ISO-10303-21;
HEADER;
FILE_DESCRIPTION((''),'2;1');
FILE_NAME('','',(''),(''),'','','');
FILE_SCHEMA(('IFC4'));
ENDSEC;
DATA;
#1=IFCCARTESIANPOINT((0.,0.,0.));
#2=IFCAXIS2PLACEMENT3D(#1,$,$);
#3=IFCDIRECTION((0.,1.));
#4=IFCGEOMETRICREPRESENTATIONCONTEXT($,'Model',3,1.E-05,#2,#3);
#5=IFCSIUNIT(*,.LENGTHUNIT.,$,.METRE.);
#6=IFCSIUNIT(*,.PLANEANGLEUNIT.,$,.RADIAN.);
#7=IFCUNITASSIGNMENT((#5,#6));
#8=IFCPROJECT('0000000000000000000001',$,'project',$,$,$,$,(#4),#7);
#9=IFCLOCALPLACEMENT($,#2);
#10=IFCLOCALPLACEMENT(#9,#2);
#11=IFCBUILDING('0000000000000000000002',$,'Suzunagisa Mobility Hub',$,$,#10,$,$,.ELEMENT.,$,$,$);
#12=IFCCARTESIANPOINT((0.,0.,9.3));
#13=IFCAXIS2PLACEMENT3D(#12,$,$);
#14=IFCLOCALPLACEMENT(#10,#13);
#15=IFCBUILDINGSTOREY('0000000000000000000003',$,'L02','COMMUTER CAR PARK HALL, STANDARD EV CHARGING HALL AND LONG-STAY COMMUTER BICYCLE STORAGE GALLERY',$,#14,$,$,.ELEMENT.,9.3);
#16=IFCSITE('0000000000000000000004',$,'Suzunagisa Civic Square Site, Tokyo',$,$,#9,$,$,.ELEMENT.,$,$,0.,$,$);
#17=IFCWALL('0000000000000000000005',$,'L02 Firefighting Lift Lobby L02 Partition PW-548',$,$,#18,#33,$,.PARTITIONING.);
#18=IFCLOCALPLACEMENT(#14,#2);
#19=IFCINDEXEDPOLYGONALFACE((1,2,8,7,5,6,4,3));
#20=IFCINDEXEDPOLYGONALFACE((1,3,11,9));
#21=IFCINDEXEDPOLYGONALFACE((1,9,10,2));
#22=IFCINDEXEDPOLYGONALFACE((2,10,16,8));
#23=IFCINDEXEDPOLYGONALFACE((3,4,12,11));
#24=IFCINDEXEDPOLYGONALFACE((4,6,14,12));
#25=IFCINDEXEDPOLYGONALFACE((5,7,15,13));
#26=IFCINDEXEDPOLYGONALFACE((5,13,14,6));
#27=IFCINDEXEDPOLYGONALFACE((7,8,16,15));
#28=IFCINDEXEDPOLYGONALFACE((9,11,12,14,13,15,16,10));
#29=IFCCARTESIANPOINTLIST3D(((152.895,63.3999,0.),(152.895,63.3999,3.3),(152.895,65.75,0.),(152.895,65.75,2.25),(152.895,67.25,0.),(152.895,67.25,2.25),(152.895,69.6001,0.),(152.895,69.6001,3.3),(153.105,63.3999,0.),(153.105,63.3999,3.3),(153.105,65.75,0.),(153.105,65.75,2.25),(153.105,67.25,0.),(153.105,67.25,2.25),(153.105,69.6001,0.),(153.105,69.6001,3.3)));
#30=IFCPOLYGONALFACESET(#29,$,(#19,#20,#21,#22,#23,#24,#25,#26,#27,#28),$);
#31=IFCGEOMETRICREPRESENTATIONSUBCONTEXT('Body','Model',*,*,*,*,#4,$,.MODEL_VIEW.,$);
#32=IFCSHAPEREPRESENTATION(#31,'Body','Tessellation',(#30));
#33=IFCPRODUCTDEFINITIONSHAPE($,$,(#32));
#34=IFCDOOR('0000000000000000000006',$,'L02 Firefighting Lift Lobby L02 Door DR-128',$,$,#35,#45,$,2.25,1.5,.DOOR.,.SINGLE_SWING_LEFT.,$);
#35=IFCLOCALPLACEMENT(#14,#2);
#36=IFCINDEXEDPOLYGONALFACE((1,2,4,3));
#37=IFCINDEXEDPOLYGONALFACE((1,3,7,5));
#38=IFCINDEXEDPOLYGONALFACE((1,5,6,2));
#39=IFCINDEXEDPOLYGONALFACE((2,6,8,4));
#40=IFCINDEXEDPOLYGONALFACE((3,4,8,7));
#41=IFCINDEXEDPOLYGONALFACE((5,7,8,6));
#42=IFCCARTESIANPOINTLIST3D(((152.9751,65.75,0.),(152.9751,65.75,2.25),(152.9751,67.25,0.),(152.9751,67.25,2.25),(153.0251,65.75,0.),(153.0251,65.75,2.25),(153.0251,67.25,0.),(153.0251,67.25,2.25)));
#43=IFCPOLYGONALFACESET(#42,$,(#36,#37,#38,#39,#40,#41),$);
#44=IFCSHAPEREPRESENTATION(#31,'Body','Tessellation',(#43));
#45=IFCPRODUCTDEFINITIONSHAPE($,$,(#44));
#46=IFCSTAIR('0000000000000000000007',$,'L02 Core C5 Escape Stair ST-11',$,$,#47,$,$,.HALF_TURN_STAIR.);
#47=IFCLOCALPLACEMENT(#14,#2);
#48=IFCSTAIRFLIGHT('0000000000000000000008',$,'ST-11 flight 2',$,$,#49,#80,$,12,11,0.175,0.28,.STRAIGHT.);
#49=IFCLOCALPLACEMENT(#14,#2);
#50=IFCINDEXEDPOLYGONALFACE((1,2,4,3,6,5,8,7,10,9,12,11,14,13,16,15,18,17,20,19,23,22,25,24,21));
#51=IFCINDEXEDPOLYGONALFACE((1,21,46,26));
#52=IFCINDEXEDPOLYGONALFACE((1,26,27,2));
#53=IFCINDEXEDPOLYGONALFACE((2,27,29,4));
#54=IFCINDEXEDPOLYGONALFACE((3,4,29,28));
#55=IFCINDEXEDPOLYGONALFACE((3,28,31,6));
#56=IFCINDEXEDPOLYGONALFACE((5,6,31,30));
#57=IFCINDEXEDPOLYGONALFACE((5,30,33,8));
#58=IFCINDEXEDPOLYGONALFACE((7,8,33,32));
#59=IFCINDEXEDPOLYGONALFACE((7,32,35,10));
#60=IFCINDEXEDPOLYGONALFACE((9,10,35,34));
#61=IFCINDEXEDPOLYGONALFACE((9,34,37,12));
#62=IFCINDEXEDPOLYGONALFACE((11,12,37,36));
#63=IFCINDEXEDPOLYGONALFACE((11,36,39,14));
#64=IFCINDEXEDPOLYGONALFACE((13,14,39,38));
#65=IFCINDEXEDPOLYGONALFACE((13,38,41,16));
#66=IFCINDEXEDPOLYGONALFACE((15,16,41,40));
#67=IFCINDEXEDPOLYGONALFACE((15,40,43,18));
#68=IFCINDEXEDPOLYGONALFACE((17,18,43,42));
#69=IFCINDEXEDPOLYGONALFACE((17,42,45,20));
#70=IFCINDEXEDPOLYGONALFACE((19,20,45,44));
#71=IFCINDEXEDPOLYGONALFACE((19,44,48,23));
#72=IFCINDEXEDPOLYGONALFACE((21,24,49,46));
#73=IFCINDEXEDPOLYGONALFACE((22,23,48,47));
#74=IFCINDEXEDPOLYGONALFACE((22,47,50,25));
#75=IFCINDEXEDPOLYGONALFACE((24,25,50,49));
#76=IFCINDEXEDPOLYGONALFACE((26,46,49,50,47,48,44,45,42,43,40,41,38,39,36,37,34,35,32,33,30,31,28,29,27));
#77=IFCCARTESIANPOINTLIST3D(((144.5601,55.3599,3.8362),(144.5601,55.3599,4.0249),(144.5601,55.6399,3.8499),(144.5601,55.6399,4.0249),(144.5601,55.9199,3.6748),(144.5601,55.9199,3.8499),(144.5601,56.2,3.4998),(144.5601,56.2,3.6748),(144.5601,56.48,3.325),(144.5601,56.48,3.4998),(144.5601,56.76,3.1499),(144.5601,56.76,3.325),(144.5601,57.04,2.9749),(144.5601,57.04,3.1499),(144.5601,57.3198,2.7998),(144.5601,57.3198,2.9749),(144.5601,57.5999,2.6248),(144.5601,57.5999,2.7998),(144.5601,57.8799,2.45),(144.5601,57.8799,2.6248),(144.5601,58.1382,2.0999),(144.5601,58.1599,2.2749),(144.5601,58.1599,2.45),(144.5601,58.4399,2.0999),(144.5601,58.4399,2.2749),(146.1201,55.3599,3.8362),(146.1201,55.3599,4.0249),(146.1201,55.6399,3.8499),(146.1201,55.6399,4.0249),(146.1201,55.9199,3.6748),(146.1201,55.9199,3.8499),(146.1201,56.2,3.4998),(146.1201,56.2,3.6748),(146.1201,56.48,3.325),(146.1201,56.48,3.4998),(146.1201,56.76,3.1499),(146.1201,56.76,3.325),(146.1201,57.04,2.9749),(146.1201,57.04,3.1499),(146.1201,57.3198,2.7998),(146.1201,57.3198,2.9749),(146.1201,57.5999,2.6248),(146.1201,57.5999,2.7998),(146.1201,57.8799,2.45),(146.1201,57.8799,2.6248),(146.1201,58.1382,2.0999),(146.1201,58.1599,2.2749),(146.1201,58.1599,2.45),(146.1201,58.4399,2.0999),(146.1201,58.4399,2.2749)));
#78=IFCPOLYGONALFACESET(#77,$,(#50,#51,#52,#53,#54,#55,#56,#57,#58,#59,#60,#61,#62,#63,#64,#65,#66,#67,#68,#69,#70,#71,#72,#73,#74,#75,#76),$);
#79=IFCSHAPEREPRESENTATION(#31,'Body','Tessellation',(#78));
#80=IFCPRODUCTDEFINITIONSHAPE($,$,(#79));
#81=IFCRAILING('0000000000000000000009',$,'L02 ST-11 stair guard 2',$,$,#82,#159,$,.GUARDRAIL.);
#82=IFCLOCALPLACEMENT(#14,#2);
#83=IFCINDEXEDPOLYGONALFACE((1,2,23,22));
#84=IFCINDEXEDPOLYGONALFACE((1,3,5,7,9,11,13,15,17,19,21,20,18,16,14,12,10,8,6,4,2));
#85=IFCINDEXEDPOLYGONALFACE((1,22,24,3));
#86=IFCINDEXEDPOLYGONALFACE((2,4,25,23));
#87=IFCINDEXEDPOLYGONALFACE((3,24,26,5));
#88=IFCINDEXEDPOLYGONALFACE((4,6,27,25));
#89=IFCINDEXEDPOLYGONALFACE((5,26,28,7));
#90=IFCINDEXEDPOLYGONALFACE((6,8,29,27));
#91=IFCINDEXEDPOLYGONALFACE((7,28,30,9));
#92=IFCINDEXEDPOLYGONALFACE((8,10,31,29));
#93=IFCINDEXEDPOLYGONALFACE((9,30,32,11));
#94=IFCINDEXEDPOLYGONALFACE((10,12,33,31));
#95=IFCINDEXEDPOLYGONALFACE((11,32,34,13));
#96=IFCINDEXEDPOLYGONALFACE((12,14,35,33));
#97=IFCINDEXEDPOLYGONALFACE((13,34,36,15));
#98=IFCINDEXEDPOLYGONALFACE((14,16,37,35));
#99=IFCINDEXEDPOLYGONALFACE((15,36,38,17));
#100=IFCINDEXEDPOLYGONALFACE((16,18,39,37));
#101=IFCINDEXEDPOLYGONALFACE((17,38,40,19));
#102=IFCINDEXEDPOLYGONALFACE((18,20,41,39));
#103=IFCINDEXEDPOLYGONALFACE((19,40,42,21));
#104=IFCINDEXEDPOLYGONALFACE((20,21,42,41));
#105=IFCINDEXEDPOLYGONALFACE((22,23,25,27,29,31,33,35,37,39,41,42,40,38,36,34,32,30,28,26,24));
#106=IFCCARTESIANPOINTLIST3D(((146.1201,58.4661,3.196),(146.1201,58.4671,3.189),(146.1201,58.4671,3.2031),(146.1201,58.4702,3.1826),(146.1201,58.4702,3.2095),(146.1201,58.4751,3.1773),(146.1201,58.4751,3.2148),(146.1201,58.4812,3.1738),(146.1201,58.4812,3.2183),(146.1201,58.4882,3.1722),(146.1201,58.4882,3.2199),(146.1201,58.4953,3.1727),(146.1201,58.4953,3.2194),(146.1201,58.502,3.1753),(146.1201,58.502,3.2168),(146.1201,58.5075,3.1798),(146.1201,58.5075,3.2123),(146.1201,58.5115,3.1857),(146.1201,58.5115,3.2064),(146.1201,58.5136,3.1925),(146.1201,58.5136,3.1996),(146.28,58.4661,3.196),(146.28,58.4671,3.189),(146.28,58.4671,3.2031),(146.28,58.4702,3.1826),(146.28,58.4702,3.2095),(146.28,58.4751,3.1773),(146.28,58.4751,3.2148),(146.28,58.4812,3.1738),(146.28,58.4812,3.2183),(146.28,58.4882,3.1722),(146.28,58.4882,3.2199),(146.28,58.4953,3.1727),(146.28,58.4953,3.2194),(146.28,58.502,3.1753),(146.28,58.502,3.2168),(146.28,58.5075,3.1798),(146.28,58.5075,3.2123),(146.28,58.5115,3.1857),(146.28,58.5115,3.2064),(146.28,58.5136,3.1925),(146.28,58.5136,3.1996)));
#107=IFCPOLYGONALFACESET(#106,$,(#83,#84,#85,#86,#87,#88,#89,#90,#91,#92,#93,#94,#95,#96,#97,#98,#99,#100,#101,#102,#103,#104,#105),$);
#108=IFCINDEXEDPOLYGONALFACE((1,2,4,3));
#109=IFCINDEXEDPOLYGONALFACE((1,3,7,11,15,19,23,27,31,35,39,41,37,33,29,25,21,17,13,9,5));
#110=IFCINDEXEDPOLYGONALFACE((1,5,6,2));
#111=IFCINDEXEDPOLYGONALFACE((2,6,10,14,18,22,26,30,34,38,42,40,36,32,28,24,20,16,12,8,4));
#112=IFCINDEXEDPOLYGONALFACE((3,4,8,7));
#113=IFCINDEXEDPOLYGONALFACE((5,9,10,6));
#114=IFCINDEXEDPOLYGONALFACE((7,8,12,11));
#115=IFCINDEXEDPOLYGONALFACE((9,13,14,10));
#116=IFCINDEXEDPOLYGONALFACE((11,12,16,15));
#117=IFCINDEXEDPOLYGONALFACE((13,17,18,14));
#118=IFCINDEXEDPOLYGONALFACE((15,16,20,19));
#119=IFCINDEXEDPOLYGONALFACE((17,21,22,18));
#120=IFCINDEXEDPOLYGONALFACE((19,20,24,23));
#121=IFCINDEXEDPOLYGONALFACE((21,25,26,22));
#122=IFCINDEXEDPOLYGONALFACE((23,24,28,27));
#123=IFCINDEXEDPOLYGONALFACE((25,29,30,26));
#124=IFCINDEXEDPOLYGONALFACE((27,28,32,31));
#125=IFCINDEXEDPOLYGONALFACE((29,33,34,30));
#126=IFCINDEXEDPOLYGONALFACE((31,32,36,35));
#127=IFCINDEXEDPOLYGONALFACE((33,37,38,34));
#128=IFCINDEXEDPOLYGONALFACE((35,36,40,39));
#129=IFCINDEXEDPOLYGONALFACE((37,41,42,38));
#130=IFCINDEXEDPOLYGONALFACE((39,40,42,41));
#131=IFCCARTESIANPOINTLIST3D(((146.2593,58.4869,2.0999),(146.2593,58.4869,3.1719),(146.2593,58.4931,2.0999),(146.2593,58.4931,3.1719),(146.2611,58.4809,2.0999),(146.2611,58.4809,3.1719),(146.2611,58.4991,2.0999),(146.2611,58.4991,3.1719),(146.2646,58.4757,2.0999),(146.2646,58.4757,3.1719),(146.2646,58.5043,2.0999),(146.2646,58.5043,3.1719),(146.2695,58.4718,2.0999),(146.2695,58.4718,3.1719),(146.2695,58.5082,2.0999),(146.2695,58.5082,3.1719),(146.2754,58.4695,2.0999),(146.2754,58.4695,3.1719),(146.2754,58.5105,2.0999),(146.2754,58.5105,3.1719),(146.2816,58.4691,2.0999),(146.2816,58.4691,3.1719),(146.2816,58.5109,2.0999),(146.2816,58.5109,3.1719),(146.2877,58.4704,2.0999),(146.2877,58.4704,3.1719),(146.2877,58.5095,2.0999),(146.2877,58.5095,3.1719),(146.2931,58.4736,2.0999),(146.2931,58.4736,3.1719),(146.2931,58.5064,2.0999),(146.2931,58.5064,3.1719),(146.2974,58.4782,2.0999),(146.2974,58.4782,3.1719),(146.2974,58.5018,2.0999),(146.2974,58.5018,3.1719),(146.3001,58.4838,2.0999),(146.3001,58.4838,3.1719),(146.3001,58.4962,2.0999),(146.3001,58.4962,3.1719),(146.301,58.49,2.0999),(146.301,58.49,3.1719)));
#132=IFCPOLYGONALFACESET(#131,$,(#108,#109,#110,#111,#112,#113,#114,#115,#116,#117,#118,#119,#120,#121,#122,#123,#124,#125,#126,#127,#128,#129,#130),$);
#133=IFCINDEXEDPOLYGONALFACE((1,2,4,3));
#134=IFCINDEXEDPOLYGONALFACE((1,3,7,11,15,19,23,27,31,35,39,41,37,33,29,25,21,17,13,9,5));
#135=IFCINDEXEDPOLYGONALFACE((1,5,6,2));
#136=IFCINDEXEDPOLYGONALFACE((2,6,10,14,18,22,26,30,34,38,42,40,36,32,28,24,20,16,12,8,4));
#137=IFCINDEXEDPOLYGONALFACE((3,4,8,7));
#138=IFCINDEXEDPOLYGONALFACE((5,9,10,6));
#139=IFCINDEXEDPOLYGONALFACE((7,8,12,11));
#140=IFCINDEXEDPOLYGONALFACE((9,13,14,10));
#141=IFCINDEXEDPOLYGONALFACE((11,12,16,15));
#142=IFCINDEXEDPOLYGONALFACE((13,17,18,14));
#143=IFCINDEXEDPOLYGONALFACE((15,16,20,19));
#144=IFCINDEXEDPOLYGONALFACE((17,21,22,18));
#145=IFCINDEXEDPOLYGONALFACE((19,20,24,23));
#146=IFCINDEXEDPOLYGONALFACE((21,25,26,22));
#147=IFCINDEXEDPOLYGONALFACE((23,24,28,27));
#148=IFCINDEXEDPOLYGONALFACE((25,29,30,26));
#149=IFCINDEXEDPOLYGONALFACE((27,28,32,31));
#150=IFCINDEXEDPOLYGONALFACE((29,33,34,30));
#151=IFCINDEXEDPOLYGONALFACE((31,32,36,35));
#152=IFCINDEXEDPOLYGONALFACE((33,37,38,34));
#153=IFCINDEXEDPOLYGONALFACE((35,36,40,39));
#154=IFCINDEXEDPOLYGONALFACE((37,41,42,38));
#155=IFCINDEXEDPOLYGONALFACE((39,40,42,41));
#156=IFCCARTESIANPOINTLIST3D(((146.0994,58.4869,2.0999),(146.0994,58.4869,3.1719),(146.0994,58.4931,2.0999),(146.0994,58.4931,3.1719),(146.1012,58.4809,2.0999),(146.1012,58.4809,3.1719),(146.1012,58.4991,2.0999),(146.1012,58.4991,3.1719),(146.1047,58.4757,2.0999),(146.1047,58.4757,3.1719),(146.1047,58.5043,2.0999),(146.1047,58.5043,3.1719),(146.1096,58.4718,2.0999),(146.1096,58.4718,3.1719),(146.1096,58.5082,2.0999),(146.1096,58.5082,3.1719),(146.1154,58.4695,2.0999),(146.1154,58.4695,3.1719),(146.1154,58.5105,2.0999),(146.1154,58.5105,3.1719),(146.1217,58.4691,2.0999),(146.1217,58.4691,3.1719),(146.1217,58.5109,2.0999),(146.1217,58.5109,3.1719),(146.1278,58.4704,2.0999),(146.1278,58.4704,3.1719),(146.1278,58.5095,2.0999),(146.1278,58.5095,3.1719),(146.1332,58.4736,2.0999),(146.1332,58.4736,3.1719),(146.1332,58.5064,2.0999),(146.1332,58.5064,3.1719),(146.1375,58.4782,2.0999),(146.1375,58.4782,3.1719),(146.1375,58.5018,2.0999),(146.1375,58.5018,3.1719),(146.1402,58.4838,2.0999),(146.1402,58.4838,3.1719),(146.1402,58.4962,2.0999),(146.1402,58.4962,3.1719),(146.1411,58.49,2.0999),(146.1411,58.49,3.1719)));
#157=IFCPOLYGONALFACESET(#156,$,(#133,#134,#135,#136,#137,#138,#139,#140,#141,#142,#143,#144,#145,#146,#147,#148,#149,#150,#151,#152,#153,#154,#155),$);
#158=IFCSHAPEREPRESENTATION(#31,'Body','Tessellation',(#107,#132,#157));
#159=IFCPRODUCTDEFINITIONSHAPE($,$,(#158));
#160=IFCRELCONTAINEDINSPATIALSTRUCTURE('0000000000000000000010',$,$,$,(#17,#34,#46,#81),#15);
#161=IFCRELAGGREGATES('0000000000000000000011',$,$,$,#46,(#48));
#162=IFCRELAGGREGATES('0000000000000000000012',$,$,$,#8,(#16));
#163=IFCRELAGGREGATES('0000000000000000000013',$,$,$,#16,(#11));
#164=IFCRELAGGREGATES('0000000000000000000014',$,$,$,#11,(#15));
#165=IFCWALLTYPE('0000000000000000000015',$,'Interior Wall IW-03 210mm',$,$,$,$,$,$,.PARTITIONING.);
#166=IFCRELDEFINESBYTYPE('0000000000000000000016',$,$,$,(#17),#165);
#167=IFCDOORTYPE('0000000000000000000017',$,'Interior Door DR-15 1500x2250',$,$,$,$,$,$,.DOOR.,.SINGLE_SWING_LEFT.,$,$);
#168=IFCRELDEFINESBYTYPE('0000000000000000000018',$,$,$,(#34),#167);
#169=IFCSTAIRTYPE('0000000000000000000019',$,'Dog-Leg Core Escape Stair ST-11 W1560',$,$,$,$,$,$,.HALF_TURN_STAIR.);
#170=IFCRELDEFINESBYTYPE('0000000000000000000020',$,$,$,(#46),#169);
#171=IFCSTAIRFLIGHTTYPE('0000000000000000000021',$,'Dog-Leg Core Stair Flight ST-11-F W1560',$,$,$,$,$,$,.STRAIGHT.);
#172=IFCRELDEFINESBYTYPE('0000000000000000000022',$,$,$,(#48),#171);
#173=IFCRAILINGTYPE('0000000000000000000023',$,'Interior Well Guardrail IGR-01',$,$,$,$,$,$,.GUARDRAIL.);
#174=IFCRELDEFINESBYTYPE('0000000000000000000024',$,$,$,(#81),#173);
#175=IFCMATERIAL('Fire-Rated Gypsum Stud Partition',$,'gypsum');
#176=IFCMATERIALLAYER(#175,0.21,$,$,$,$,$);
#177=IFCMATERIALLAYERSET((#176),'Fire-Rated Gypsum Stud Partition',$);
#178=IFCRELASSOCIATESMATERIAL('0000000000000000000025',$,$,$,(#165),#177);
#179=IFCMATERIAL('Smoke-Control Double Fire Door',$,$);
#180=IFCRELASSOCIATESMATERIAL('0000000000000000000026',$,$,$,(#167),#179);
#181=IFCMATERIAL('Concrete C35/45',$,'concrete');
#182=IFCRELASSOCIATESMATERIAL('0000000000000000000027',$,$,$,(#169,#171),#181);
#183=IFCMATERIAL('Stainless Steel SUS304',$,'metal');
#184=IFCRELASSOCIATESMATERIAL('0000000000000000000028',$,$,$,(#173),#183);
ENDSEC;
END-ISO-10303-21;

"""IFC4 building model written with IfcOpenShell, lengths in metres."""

from ifc_helpers import new_model, si_unit, direction, frame, frame_2d, origin, origin_2d, place, context, subcontext, project, spatial, polyline, rectangle, circle, outline, extrude, material, layer, layer_set, type_object, element, fill, aggregate, save


model = new_model("IFC4")

# Units and contexts
model_context = context("Model", 3, precision=1e-05, world=origin(), true_north=direction((0.0, 1.0)))
body_context = subcontext(model_context, "Body", "Model", "MODEL_VIEW")
ifc_project = project(units=[si_unit("LENGTHUNIT", "METRE"), si_unit("PLANEANGLEUNIT", "RADIAN")], contexts=[model_context])

# Site, building, storey
site_placement = place(None, origin())
site = spatial("IfcSite", under=ifc_project, at=site_placement, Name="Suzunagisa Civic Square Site, Tokyo", CompositionType="ELEMENT", RefElevation=0.0)
building_placement = place(site_placement, origin())
building = spatial("IfcBuilding", under=site, at=building_placement, Name="Suzunagisa Mobility Hub", CompositionType="ELEMENT")
storey_placement = place(building_placement, frame((0.0, 0.0, 9.3)))
storey = spatial("IfcBuildingStorey", under=building, at=storey_placement, Name="L02", Description="COMMUTER CAR PARK HALL, STANDARD EV CHARGING HALL AND LONG-STAY COMMUTER BICYCLE STORAGE GALLERY", CompositionType="ELEMENT", Elevation=9.3)

# Shared definitions
ifc_material_1 = material(Name="Concrete C35/45", Category="concrete")

# Shared definitions
ifc_material_2 = material(Name="Fire-Rated Gypsum Stud Partition", Category="gypsum")
ifc_layer_1 = layer(ifc_material_2, 0.21)
ifc_layer_set_1 = layer_set([ifc_layer_1], Name="Fire-Rated Gypsum Stud Partition")
wall_type_1 = type_object("IfcWallType", Name="Interior Wall IW-03 210mm", PredefinedType="PARTITIONING", material=ifc_layer_set_1)

# Wall, opening, door
wall_1_placement = place(storey_placement, frame((153.0, 63.3999, 0.0), z_axis=(0.0, 0.0, 1.0), x_axis=(0.0, 1.0, 0.0)))
wall_1 = element("IfcWall", 1, at=wall_1_placement, inside=storey, type_object=wall_type_1, Name="L02 Firefighting Lift Lobby L02 Partition PW-548", PredefinedType="PARTITIONING", context=body_context, shape_type="SweptSolid", body=[
    extrude(rectangle(XDim=6.2002, YDim=0.21, at=frame_2d((3.1001, 0.0))), origin(), (0.0, 0.0, 1.0), 3.3),
])
opening_1_placement = place(wall_1_placement, frame((2.3501, 0.0, 0.0)))
opening_1 = element("IfcOpeningElement", 2, at=opening_1_placement, cuts=wall_1, PredefinedType="OPENING", context=body_context, shape_type="SweptSolid", body=[
    extrude(rectangle(XDim=1.5, YDim=2.25, at=frame_2d((0.75, 1.125))), frame((0.0, 0.116, 0.0), z_axis=(0.0, -1.0, 0.0), x_axis=(1.0, 0.0, 0.0)), (0.0, 0.0, 1.0), 0.2319),
])
ifc_material_3 = material(Name="Smoke-Control Double Fire Door")
door_type_1 = type_object("IfcDoorType", Name="Interior Door DR-15 1500x2250", OperationType="SINGLE_SWING_LEFT", PredefinedType="DOOR", material=ifc_material_3)
door_1_placement = place(opening_1_placement, origin())
door_1 = element("IfcDoor", 3, at=door_1_placement, inside=storey, type_object=door_type_1, Name="L02 Firefighting Lift Lobby L02 Door DR-128", OperationType="SINGLE_SWING_LEFT", OverallHeight=2.25, OverallWidth=1.5, PredefinedType="DOOR", context=body_context, shape_type="SweptSolid", body=[
    extrude(rectangle(XDim=1.5, YDim=2.25, at=frame_2d((0.75, 1.125))), frame((0.0, 0.0249, 0.0), z_axis=(0.0, -1.0, 0.0), x_axis=(1.0, 0.0, 0.0)), (0.0, 0.0, 1.0), 0.05),
])
fill(opening_1, door_1)

# Stair, stair flight
stair_type = type_object("IfcStairType", Name="Dog-Leg Core Escape Stair ST-11 W1560", PredefinedType="HALF_TURN_STAIR", material=ifc_material_1)
stair_placement = place(storey_placement, origin())
stair = element("IfcStair", 4, at=stair_placement, inside=storey, type_object=stair_type, Name="L02 Core C5 Escape Stair ST-11", PredefinedType="HALF_TURN_STAIR")
stair_flight_type = type_object("IfcStairFlightType", Name="Dog-Leg Core Stair Flight ST-11-F W1560", PredefinedType="STRAIGHT", material=ifc_material_1)
stair_flight_placement = place(storey_placement, frame((145.3401, 58.4399, 2.0999), z_axis=(0.0, 0.0, 1.0), x_axis=(0.0, -1.0, 0.0)))
stair_flight = element("IfcStairFlight", 5, at=stair_flight_placement, type_object=stair_flight_type, Name="ST-11 flight 2", NumberOfRisers=12, NumberOfTreads=11, PredefinedType="STRAIGHT", RiserHeight=0.175, TreadLength=0.28, context=body_context, shape_type="SweptSolid", body=[
    extrude(outline(polyline([(0.0, 0.0), (0.0, 0.175), (0.28, 0.175), (0.28, 0.3501), (0.5601, 0.3501), (0.5601, 0.5249), (0.8401, 0.5249), (0.8401, 0.7), (1.1201, 0.7), (1.1201, 0.875), (1.3999, 0.875), (1.3999, 1.05), (1.6799, 1.05), (1.6799, 1.2251), (1.96, 1.2251), (1.96, 1.3999), (2.24, 1.3999), (2.24, 1.575), (2.52, 1.575), (2.52, 1.75), (2.8, 1.75), (2.8, 1.925), (3.0801, 1.925), (3.0801, 2.1001), (3.0801, 1.7363), (0.3018, 0.0), (0.0, 0.0)])), frame((0.0, 0.78, 0.0), z_axis=(0.0, -1.0, 0.0), x_axis=(1.0, 0.0, 0.0)), (0.0, 0.0, 1.0), 1.5601),
])
aggregate(stair, [stair_flight])

# Railing
ifc_material_4 = material(Name="Stainless Steel SUS304", Category="metal")
railing_type_1 = type_object("IfcRailingType", Name="Interior Well Guardrail IGR-01", PredefinedType="GUARDRAIL", material=ifc_material_4)
railing_1_placement = place(storey_placement, frame((146.28, 58.49, 2.0999)))
element("IfcRailing", 6, at=railing_1_placement, inside=storey, type_object=railing_type_1, Name="L02 ST-11 stair guard 2", PredefinedType="GUARDRAIL", context=body_context, shape_type="SweptSolid", body=[
    extrude(circle(Radius=0.0239, at=origin_2d()), frame((0.0, 0.0, 1.0962), z_axis=(-1.0, 0.0, 0.0), x_axis=(0.0, -1.0, 0.0)), (0.0, 0.0, 1.0), 0.1599),
    extrude(circle(Radius=0.021, at=origin_2d()), origin(), (0.0, 0.0, 1.0), 1.072),
    extrude(circle(Radius=0.021, at=origin_2d()), frame((-0.1599, 0.0, 0.0)), (0.0, 0.0, 1.0), 1.072),
])

save(model, "model.ifc")
